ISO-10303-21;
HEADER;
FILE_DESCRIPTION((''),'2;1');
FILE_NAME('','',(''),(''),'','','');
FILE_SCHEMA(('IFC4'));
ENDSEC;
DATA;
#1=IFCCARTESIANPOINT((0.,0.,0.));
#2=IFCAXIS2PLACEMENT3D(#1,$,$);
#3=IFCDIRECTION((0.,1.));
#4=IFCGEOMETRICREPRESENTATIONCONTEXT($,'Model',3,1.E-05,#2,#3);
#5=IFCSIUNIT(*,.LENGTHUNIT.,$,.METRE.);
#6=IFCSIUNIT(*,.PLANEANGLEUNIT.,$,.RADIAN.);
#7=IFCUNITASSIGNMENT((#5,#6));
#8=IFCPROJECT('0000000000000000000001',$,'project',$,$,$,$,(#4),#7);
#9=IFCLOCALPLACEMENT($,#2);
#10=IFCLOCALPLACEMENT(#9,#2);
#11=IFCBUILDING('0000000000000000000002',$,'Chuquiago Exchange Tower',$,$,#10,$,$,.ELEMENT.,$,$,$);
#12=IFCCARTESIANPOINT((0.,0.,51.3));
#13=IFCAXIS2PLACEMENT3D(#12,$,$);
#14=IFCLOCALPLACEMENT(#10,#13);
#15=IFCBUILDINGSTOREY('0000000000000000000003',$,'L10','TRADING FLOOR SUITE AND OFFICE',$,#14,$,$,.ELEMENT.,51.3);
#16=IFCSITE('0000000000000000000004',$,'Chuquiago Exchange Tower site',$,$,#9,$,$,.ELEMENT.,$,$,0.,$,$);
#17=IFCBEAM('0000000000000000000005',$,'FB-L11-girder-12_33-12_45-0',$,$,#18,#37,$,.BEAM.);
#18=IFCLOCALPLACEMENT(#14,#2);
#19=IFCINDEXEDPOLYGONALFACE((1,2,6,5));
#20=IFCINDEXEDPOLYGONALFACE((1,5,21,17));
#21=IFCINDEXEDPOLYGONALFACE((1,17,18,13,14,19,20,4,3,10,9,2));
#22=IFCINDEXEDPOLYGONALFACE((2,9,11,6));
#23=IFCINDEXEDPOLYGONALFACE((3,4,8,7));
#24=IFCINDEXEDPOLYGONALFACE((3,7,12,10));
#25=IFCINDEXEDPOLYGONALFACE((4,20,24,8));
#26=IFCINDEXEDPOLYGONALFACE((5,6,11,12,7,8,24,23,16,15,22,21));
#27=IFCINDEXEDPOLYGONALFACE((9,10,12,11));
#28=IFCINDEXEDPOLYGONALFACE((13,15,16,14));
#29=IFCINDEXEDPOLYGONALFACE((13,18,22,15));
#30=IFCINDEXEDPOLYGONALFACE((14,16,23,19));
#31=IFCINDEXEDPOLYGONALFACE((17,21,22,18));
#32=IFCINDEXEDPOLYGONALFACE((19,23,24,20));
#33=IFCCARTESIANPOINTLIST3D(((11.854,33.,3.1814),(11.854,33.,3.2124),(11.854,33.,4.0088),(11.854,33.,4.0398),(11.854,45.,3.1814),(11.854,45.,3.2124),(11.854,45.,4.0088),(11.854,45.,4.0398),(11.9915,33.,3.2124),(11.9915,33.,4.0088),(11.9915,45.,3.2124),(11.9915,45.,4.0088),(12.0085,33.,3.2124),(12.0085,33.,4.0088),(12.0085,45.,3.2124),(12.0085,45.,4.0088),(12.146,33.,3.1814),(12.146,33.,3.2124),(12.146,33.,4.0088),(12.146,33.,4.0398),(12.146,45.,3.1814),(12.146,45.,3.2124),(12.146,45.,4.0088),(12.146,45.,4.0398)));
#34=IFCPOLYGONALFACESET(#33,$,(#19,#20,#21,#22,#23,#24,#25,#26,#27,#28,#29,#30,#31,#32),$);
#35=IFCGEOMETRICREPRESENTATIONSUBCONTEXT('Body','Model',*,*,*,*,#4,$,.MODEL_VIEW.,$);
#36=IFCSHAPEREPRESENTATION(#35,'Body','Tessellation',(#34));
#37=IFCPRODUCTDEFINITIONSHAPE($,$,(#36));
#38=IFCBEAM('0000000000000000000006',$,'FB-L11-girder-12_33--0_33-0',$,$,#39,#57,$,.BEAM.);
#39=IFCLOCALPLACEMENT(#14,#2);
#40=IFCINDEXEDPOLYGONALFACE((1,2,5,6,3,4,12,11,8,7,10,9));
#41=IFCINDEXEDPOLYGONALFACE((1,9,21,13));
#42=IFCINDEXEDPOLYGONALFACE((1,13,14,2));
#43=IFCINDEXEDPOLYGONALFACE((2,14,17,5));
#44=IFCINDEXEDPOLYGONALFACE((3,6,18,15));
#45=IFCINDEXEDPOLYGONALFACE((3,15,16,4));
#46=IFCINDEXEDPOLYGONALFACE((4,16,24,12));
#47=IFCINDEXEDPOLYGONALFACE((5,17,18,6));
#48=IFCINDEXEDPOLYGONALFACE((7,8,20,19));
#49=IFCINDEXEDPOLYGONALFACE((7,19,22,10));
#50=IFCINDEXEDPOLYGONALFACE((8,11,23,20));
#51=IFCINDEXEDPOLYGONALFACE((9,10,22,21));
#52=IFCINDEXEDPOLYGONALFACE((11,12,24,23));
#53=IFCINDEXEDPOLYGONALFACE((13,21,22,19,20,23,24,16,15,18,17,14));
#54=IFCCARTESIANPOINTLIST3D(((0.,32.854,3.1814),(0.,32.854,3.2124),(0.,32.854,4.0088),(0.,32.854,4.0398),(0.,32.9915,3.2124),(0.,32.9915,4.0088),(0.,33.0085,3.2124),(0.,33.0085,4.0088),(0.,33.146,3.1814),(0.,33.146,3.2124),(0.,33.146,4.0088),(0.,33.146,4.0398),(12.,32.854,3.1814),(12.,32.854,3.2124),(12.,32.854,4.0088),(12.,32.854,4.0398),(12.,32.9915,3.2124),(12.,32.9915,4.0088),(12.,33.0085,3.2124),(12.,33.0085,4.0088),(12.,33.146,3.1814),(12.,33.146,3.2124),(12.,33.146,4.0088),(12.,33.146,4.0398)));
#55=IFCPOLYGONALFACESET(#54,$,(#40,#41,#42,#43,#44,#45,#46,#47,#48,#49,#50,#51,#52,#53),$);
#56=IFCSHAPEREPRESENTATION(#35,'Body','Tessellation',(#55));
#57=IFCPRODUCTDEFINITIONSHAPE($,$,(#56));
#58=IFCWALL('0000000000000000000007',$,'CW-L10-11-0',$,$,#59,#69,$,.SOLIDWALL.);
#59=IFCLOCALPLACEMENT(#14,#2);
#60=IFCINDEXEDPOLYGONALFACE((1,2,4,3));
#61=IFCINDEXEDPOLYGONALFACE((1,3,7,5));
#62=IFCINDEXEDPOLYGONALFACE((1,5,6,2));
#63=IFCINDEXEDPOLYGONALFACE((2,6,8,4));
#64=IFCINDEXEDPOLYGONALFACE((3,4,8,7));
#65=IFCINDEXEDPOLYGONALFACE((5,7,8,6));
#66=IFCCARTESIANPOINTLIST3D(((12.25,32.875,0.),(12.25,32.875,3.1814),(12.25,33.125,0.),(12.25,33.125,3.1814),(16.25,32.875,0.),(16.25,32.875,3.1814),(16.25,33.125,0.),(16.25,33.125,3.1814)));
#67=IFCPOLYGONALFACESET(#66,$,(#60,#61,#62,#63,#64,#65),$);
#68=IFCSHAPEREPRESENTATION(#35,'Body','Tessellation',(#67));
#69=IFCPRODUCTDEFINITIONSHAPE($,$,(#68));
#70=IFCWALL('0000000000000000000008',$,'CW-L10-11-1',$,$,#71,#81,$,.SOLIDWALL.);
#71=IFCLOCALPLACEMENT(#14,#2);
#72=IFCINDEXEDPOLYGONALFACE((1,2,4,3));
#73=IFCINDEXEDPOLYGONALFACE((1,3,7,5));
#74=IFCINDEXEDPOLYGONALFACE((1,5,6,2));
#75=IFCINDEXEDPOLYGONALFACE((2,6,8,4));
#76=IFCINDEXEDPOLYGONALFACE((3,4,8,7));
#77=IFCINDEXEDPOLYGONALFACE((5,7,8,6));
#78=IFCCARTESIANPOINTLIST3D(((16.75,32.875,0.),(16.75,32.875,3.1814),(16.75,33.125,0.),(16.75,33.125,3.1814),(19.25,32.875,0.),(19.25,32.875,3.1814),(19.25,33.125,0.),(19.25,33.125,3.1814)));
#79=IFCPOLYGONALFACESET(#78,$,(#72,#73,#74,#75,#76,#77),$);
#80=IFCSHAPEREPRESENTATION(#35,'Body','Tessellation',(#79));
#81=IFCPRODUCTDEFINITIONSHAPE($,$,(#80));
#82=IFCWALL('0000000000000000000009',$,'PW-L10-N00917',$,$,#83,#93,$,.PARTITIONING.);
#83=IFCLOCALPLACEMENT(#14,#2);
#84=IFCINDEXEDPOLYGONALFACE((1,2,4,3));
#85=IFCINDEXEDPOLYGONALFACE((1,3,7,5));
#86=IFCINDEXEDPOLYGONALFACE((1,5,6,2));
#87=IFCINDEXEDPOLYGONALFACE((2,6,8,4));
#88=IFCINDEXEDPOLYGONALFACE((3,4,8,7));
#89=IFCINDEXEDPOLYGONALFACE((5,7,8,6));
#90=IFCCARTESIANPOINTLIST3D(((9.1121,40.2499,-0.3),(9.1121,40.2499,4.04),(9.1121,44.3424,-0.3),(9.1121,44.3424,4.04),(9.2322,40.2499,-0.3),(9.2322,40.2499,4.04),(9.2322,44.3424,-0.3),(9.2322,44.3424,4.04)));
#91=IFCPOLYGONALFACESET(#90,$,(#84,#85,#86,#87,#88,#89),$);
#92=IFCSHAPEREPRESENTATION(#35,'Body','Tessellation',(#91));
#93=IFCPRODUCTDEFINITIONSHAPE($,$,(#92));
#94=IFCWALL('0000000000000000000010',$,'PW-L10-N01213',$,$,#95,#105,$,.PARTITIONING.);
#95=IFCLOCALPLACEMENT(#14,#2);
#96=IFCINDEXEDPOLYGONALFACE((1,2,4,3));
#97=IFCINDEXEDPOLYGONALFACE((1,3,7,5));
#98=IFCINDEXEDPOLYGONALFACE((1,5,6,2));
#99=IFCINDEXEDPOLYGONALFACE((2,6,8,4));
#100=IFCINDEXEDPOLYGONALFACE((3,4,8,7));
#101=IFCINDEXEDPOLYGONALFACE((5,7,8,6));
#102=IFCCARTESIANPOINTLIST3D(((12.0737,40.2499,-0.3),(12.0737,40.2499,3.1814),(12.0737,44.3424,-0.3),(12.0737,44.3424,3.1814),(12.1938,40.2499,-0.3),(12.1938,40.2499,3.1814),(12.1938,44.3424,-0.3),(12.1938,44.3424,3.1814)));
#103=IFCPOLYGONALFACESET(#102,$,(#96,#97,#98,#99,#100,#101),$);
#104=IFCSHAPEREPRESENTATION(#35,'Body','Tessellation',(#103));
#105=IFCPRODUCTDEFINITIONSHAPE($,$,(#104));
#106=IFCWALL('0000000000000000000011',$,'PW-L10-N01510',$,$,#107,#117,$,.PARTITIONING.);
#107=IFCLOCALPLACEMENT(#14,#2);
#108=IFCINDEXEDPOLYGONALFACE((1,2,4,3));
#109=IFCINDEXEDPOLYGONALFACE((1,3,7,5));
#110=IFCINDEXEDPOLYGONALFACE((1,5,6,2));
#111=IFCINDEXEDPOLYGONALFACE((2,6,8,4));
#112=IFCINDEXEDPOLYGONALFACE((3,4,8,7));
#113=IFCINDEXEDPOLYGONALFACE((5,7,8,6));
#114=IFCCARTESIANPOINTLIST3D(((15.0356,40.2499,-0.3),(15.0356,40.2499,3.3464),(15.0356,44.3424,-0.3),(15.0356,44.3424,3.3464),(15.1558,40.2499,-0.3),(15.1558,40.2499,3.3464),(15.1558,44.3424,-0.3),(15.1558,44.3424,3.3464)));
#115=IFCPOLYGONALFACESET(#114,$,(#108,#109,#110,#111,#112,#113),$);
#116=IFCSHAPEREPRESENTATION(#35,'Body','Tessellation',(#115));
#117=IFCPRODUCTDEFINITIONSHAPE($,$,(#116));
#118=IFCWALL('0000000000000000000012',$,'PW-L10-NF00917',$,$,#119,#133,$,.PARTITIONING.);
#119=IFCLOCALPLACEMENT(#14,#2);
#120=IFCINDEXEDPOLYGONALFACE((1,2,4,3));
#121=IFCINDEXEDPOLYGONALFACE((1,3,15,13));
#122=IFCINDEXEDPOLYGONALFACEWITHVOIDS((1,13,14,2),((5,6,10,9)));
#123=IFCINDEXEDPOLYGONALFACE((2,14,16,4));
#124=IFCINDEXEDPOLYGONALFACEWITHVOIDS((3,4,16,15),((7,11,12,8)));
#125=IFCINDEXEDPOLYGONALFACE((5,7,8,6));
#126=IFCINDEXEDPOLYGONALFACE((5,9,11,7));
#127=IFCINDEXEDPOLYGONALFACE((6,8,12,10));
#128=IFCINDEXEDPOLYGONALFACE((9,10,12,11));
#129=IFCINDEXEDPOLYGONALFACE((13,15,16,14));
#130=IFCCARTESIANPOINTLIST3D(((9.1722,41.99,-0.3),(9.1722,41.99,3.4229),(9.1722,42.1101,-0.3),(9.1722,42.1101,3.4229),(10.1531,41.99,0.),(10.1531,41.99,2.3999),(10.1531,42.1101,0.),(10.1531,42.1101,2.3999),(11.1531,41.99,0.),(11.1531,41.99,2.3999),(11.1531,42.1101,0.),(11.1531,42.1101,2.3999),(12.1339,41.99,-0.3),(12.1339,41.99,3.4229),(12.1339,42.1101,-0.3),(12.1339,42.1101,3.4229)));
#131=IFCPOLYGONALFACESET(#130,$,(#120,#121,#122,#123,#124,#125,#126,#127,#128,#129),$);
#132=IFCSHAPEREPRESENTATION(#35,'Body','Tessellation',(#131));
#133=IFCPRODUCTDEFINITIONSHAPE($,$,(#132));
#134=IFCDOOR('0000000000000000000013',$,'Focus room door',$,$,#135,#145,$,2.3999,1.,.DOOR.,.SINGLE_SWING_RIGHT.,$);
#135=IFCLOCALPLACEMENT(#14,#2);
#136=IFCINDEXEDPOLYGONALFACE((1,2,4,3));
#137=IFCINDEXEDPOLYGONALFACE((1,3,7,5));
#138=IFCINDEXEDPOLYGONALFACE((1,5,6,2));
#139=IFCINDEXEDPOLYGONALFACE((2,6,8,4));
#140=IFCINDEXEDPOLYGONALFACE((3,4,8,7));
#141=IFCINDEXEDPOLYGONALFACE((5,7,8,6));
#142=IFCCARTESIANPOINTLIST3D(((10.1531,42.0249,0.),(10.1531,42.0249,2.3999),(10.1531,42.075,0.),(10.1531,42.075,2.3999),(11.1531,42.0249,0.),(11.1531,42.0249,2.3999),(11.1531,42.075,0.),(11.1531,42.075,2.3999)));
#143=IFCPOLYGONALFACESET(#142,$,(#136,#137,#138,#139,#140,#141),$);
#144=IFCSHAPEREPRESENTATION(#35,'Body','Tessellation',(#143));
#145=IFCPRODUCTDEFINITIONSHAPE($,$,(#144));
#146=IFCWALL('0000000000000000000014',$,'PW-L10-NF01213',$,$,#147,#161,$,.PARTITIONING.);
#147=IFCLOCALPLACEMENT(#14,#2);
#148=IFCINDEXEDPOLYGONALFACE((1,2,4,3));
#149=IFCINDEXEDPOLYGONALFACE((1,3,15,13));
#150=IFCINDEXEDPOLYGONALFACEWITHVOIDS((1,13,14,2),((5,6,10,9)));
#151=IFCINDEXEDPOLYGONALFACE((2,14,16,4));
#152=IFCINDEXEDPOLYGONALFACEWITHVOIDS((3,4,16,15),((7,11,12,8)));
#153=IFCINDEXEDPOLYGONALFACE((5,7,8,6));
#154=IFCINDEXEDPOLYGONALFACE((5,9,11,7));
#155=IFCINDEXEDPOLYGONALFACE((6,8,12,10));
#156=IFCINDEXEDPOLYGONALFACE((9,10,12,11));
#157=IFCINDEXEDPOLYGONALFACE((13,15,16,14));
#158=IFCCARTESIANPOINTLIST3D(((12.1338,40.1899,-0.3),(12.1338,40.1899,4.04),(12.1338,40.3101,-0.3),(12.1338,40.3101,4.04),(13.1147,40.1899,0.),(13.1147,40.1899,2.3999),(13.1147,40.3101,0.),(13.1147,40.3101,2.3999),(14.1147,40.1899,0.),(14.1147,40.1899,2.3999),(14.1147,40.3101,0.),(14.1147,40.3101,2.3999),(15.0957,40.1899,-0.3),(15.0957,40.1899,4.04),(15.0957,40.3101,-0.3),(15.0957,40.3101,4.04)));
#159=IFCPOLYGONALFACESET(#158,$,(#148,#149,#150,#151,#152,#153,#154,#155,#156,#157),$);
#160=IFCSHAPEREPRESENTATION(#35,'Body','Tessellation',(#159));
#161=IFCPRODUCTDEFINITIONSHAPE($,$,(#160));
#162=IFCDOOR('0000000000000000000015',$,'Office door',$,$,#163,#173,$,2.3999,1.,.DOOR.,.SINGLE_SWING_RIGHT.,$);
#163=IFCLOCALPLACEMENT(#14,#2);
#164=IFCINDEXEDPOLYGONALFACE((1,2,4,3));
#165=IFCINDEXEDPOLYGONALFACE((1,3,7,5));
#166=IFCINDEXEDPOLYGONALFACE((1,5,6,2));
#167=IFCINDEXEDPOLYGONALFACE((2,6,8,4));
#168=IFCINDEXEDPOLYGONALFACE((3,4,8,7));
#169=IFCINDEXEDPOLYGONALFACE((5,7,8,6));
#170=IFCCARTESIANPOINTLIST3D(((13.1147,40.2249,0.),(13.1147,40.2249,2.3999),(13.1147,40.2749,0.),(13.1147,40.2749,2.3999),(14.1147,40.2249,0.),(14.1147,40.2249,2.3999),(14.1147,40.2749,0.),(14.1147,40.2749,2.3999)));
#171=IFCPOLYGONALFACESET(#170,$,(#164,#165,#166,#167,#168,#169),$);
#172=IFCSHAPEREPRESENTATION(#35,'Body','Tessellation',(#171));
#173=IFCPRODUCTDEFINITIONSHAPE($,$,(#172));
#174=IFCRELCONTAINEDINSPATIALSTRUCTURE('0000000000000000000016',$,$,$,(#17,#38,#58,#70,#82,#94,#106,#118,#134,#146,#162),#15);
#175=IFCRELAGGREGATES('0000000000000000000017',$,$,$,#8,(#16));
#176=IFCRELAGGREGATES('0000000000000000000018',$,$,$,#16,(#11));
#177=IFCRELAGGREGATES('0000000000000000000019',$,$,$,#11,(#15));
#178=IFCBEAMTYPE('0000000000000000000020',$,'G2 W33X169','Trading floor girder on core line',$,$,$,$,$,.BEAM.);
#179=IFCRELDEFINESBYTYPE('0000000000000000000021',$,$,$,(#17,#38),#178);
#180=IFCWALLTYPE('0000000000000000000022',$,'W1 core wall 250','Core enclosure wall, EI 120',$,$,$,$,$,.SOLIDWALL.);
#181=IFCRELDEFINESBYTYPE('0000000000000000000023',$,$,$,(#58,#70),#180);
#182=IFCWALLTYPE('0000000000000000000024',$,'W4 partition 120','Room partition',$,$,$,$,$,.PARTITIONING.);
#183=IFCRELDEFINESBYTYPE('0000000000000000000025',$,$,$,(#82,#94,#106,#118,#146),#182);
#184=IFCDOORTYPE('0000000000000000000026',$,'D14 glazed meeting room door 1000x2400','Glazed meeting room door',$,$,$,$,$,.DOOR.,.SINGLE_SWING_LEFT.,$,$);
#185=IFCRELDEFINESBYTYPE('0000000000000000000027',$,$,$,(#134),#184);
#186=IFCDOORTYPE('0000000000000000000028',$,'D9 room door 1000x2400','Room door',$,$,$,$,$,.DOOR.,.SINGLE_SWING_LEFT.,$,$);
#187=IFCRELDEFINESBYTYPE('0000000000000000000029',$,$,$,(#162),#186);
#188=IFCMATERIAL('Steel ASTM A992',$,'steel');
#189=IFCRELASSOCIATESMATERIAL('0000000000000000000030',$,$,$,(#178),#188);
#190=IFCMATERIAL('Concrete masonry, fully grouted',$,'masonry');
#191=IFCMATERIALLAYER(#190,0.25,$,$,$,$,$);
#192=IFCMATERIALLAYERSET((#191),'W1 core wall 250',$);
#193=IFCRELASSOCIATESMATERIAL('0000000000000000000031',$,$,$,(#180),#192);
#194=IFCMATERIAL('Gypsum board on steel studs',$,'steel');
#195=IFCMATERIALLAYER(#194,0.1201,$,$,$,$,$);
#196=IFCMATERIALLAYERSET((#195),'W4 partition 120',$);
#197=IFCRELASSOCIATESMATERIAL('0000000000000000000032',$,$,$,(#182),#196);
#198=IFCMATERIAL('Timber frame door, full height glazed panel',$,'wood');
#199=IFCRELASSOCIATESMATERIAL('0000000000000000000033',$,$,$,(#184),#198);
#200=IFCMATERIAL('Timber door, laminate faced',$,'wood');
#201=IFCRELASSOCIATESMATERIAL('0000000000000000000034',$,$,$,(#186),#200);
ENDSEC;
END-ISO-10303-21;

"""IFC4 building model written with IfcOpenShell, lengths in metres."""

from ifc_helpers import new_model, si_unit, direction, frame, frame_2d, origin, origin_2d, place, context, subcontext, project, spatial, rectangle, i_section, extrude, material, layer, layer_set, material_profile, profile_set, type_object, element, fill, save


model = new_model("IFC4")

# Units and contexts
model_context = context("Model", 3, precision=1e-05, world=origin(), true_north=direction((0.0, 1.0)))
body_context = subcontext(model_context, "Body", "Model", "MODEL_VIEW")
ifc_project = project(units=[si_unit("LENGTHUNIT", "METRE"), si_unit("PLANEANGLEUNIT", "RADIAN")], contexts=[model_context])

# Site, building, storey
site_placement = place(None, origin())
site = spatial("IfcSite", under=ifc_project, at=site_placement, Name="Chuquiago Exchange Tower site", CompositionType="ELEMENT", RefElevation=0.0)
building_placement = place(site_placement, origin())
building = spatial("IfcBuilding", under=site, at=building_placement, Name="Chuquiago Exchange Tower", CompositionType="ELEMENT")
storey_placement = place(building_placement, frame((0.0, 0.0, 51.3)))
storey = spatial("IfcBuildingStorey", under=building, at=storey_placement, Name="L10", Description="TRADING FLOOR SUITE AND OFFICE", CompositionType="ELEMENT", Elevation=51.3)

# Beams
ifc_material_1 = material(Name="Steel ASTM A992", Category="steel")
ifc_material_profile_1 = material_profile(ifc_material_1, i_section(OverallWidth=0.292, OverallDepth=0.8584, WebThickness=0.0171, FlangeThickness=0.031, at=origin_2d()), Name="W33X169")
ifc_profile_set_1 = profile_set([ifc_material_profile_1], Name="Steel ASTM A992")
beam_type_1 = type_object("IfcBeamType", Name="G2 W33X169", Description="Trading floor girder on core line", PredefinedType="BEAM", material=ifc_profile_set_1)
for number, where, z_axis, x_axis, name in (
    (1, (12.0, 33.0, 3.6106), (0.0, 1.0, 0.0), (-1.0, 0.0, 0.0), "FB-L11-girder-12_33-12_45-0"),
    (2, (12.0, 33.0, 3.6106), (-1.0, 0.0, 0.0), (0.0, -1.0, 0.0), "FB-L11-girder-12_33--0_33-0"),
):
    element("IfcBeam", number, at=place(storey_placement, frame(where, z_axis=z_axis, x_axis=x_axis)), inside=storey, type_object=beam_type_1, Name=name, PredefinedType="BEAM", context=body_context, shape_type="SweptSolid", body=[
        extrude(i_section(OverallWidth=0.292, OverallDepth=0.8584, WebThickness=0.0171, FlangeThickness=0.031, at=origin_2d()), origin(), (0.0, 0.0, 1.0), 12.0),
    ])

# Walls
ifc_material_2 = material(Name="Concrete masonry, fully grouted", Category="masonry")
ifc_layer_1 = layer(ifc_material_2, 0.25)
ifc_layer_set_1 = layer_set([ifc_layer_1], Name="W1 core wall 250")
wall_type_1 = type_object("IfcWallType", Name="W1 core wall 250", Description="Core enclosure wall, EI 120", PredefinedType="SOLIDWALL", material=ifc_layer_set_1)
wall_1_placement = place(storey_placement, frame((12.25, 33.0, 0.0), z_axis=(0.0, 0.0, 1.0), x_axis=(1.0, 0.0, 0.0)))
element("IfcWall", 3, at=wall_1_placement, inside=storey, type_object=wall_type_1, Name="CW-L10-11-0", PredefinedType="SOLIDWALL", context=body_context, shape_type="SweptSolid", body=[
    extrude(rectangle(XDim=4.0, YDim=0.25, at=frame_2d((2.0, 0.0))), origin(), (0.0, 0.0, 1.0), 3.1814),
])
wall_2_placement = place(storey_placement, frame((16.75, 33.0, 0.0), z_axis=(0.0, 0.0, 1.0), x_axis=(1.0, 0.0, 0.0)))
element("IfcWall", 4, at=wall_2_placement, inside=storey, type_object=wall_type_1, Name="CW-L10-11-1", PredefinedType="SOLIDWALL", context=body_context, shape_type="SweptSolid", body=[
    extrude(rectangle(XDim=2.5, YDim=0.25, at=frame_2d((1.25, 0.0))), origin(), (0.0, 0.0, 1.0), 3.1814),
])
ifc_material_3 = material(Name="Gypsum board on steel studs", Category="steel")
ifc_layer_2 = layer(ifc_material_3, 0.1201)
ifc_layer_set_2 = layer_set([ifc_layer_2], Name="W4 partition 120")
wall_type_2 = type_object("IfcWallType", Name="W4 partition 120", Description="Room partition", PredefinedType="PARTITIONING", material=ifc_layer_set_2)
wall_3_placement = place(storey_placement, frame((9.1721, 44.3425, -0.3), z_axis=(0.0, 0.0, 1.0), x_axis=(0.0, -1.0, 0.0)))
element("IfcWall", 5, at=wall_3_placement, inside=storey, type_object=wall_type_2, Name="PW-L10-N00917", PredefinedType="PARTITIONING", context=body_context, shape_type="SweptSolid", body=[
    extrude(rectangle(XDim=4.0925, YDim=0.1201, at=frame_2d((2.0464, 0.0))), origin(), (0.0, 0.0, 1.0), 4.3401),
])
wall_4_placement = place(storey_placement, frame((12.1338, 44.3425, -0.3), z_axis=(0.0, 0.0, 1.0), x_axis=(0.0, -1.0, 0.0)))
element("IfcWall", 6, at=wall_4_placement, inside=storey, type_object=wall_type_2, Name="PW-L10-N01213", PredefinedType="PARTITIONING", context=body_context, shape_type="SweptSolid", body=[
    extrude(rectangle(XDim=4.0925, YDim=0.1201, at=frame_2d((2.0464, 0.0))), origin(), (0.0, 0.0, 1.0), 3.4814),
])
wall_5_placement = place(storey_placement, frame((15.0957, 44.3425, -0.3), z_axis=(0.0, 0.0, 1.0), x_axis=(0.0, -1.0, 0.0)))
element("IfcWall", 7, at=wall_5_placement, inside=storey, type_object=wall_type_2, Name="PW-L10-N01510", PredefinedType="PARTITIONING", context=body_context, shape_type="SweptSolid", body=[
    extrude(rectangle(XDim=4.0925, YDim=0.1201, at=frame_2d((2.0464, 0.0))), origin(), (0.0, 0.0, 1.0), 3.6465),
])

# Walls, openings, doors
wall_6_placement = place(storey_placement, frame((9.1721, 42.05, -0.3), z_axis=(0.0, 0.0, 1.0), x_axis=(1.0, 0.0, 0.0)))
wall_6 = element("IfcWall", 8, at=wall_6_placement, inside=storey, type_object=wall_type_2, Name="PW-L10-NF00917", PredefinedType="PARTITIONING", context=body_context, shape_type="SweptSolid", body=[
    extrude(rectangle(XDim=2.9617, YDim=0.1201, at=frame_2d((1.481, 0.0))), origin(), (0.0, 0.0, 1.0), 3.7229),
])
opening_1_placement = place(wall_6_placement, frame((0.981, 0.0, 0.3)))
opening_1 = element("IfcOpeningElement", 9, at=opening_1_placement, cuts=wall_6, PredefinedType="OPENING", context=body_context, shape_type="SweptSolid", body=[
    extrude(rectangle(XDim=1.0, YDim=2.3999, at=frame_2d((0.5, 1.2))), frame((0.0, 0.0701, 0.0), z_axis=(0.0, -1.0, 0.0), x_axis=(1.0, 0.0, 0.0)), (0.0, 0.0, 1.0), 0.1401),
])
ifc_material_4 = material(Name="Timber frame door, full height glazed panel", Category="wood")
door_type_1 = type_object("IfcDoorType", Name="D14 glazed meeting room door 1000x2400", Description="Glazed meeting room door", OperationType="SINGLE_SWING_LEFT", PredefinedType="DOOR", material=ifc_material_4)
door_1_placement = place(opening_1_placement, origin())
door_1 = element("IfcDoor", 10, at=door_1_placement, inside=storey, type_object=door_type_1, Name="Focus room door", OperationType="SINGLE_SWING_RIGHT", OverallHeight=2.3999, OverallWidth=1.0, PredefinedType="DOOR", context=body_context, shape_type="SweptSolid", body=[
    extrude(rectangle(XDim=1.0, YDim=2.3999, at=frame_2d((0.5, 1.2))), frame((0.0, 0.0249, 0.0), z_axis=(0.0, -1.0, 0.0), x_axis=(1.0, 0.0, 0.0)), (0.0, 0.0, 1.0), 0.05),
])
fill(opening_1, door_1)
wall_7_placement = place(storey_placement, frame((12.1338, 40.25, -0.3), z_axis=(0.0, 0.0, 1.0), x_axis=(1.0, 0.0, 0.0)))
wall_7 = element("IfcWall", 11, at=wall_7_placement, inside=storey, type_object=wall_type_2, Name="PW-L10-NF01213", PredefinedType="PARTITIONING", context=body_context, shape_type="SweptSolid", body=[
    extrude(rectangle(XDim=2.9619, YDim=0.1201, at=frame_2d((1.481, 0.0))), origin(), (0.0, 0.0, 1.0), 4.3401),
])
opening_2_placement = place(wall_7_placement, frame((0.981, 0.0, 0.3)))
opening_2 = element("IfcOpeningElement", 12, at=opening_2_placement, cuts=wall_7, PredefinedType="OPENING", context=body_context, shape_type="SweptSolid", body=[
    extrude(rectangle(XDim=1.0, YDim=2.3999, at=frame_2d((0.5, 1.2))), frame((0.0, 0.0701, 0.0), z_axis=(0.0, -1.0, 0.0), x_axis=(1.0, 0.0, 0.0)), (0.0, 0.0, 1.0), 0.1401),
])
ifc_material_5 = material(Name="Timber door, laminate faced", Category="wood")
door_type_2 = type_object("IfcDoorType", Name="D9 room door 1000x2400", Description="Room door", OperationType="SINGLE_SWING_LEFT", PredefinedType="DOOR", material=ifc_material_5)
door_2_placement = place(opening_2_placement, origin())
door_2 = element("IfcDoor", 13, at=door_2_placement, inside=storey, type_object=door_type_2, Name="Office door", OperationType="SINGLE_SWING_RIGHT", OverallHeight=2.3999, OverallWidth=1.0, PredefinedType="DOOR", context=body_context, shape_type="SweptSolid", body=[
    extrude(rectangle(XDim=1.0, YDim=2.3999, at=frame_2d((0.5, 1.2))), frame((0.0, 0.0249, 0.0), z_axis=(0.0, -1.0, 0.0), x_axis=(1.0, 0.0, 0.0)), (0.0, 0.0, 1.0), 0.05),
])
fill(opening_2, door_2)

save(model, "model.ifc")
